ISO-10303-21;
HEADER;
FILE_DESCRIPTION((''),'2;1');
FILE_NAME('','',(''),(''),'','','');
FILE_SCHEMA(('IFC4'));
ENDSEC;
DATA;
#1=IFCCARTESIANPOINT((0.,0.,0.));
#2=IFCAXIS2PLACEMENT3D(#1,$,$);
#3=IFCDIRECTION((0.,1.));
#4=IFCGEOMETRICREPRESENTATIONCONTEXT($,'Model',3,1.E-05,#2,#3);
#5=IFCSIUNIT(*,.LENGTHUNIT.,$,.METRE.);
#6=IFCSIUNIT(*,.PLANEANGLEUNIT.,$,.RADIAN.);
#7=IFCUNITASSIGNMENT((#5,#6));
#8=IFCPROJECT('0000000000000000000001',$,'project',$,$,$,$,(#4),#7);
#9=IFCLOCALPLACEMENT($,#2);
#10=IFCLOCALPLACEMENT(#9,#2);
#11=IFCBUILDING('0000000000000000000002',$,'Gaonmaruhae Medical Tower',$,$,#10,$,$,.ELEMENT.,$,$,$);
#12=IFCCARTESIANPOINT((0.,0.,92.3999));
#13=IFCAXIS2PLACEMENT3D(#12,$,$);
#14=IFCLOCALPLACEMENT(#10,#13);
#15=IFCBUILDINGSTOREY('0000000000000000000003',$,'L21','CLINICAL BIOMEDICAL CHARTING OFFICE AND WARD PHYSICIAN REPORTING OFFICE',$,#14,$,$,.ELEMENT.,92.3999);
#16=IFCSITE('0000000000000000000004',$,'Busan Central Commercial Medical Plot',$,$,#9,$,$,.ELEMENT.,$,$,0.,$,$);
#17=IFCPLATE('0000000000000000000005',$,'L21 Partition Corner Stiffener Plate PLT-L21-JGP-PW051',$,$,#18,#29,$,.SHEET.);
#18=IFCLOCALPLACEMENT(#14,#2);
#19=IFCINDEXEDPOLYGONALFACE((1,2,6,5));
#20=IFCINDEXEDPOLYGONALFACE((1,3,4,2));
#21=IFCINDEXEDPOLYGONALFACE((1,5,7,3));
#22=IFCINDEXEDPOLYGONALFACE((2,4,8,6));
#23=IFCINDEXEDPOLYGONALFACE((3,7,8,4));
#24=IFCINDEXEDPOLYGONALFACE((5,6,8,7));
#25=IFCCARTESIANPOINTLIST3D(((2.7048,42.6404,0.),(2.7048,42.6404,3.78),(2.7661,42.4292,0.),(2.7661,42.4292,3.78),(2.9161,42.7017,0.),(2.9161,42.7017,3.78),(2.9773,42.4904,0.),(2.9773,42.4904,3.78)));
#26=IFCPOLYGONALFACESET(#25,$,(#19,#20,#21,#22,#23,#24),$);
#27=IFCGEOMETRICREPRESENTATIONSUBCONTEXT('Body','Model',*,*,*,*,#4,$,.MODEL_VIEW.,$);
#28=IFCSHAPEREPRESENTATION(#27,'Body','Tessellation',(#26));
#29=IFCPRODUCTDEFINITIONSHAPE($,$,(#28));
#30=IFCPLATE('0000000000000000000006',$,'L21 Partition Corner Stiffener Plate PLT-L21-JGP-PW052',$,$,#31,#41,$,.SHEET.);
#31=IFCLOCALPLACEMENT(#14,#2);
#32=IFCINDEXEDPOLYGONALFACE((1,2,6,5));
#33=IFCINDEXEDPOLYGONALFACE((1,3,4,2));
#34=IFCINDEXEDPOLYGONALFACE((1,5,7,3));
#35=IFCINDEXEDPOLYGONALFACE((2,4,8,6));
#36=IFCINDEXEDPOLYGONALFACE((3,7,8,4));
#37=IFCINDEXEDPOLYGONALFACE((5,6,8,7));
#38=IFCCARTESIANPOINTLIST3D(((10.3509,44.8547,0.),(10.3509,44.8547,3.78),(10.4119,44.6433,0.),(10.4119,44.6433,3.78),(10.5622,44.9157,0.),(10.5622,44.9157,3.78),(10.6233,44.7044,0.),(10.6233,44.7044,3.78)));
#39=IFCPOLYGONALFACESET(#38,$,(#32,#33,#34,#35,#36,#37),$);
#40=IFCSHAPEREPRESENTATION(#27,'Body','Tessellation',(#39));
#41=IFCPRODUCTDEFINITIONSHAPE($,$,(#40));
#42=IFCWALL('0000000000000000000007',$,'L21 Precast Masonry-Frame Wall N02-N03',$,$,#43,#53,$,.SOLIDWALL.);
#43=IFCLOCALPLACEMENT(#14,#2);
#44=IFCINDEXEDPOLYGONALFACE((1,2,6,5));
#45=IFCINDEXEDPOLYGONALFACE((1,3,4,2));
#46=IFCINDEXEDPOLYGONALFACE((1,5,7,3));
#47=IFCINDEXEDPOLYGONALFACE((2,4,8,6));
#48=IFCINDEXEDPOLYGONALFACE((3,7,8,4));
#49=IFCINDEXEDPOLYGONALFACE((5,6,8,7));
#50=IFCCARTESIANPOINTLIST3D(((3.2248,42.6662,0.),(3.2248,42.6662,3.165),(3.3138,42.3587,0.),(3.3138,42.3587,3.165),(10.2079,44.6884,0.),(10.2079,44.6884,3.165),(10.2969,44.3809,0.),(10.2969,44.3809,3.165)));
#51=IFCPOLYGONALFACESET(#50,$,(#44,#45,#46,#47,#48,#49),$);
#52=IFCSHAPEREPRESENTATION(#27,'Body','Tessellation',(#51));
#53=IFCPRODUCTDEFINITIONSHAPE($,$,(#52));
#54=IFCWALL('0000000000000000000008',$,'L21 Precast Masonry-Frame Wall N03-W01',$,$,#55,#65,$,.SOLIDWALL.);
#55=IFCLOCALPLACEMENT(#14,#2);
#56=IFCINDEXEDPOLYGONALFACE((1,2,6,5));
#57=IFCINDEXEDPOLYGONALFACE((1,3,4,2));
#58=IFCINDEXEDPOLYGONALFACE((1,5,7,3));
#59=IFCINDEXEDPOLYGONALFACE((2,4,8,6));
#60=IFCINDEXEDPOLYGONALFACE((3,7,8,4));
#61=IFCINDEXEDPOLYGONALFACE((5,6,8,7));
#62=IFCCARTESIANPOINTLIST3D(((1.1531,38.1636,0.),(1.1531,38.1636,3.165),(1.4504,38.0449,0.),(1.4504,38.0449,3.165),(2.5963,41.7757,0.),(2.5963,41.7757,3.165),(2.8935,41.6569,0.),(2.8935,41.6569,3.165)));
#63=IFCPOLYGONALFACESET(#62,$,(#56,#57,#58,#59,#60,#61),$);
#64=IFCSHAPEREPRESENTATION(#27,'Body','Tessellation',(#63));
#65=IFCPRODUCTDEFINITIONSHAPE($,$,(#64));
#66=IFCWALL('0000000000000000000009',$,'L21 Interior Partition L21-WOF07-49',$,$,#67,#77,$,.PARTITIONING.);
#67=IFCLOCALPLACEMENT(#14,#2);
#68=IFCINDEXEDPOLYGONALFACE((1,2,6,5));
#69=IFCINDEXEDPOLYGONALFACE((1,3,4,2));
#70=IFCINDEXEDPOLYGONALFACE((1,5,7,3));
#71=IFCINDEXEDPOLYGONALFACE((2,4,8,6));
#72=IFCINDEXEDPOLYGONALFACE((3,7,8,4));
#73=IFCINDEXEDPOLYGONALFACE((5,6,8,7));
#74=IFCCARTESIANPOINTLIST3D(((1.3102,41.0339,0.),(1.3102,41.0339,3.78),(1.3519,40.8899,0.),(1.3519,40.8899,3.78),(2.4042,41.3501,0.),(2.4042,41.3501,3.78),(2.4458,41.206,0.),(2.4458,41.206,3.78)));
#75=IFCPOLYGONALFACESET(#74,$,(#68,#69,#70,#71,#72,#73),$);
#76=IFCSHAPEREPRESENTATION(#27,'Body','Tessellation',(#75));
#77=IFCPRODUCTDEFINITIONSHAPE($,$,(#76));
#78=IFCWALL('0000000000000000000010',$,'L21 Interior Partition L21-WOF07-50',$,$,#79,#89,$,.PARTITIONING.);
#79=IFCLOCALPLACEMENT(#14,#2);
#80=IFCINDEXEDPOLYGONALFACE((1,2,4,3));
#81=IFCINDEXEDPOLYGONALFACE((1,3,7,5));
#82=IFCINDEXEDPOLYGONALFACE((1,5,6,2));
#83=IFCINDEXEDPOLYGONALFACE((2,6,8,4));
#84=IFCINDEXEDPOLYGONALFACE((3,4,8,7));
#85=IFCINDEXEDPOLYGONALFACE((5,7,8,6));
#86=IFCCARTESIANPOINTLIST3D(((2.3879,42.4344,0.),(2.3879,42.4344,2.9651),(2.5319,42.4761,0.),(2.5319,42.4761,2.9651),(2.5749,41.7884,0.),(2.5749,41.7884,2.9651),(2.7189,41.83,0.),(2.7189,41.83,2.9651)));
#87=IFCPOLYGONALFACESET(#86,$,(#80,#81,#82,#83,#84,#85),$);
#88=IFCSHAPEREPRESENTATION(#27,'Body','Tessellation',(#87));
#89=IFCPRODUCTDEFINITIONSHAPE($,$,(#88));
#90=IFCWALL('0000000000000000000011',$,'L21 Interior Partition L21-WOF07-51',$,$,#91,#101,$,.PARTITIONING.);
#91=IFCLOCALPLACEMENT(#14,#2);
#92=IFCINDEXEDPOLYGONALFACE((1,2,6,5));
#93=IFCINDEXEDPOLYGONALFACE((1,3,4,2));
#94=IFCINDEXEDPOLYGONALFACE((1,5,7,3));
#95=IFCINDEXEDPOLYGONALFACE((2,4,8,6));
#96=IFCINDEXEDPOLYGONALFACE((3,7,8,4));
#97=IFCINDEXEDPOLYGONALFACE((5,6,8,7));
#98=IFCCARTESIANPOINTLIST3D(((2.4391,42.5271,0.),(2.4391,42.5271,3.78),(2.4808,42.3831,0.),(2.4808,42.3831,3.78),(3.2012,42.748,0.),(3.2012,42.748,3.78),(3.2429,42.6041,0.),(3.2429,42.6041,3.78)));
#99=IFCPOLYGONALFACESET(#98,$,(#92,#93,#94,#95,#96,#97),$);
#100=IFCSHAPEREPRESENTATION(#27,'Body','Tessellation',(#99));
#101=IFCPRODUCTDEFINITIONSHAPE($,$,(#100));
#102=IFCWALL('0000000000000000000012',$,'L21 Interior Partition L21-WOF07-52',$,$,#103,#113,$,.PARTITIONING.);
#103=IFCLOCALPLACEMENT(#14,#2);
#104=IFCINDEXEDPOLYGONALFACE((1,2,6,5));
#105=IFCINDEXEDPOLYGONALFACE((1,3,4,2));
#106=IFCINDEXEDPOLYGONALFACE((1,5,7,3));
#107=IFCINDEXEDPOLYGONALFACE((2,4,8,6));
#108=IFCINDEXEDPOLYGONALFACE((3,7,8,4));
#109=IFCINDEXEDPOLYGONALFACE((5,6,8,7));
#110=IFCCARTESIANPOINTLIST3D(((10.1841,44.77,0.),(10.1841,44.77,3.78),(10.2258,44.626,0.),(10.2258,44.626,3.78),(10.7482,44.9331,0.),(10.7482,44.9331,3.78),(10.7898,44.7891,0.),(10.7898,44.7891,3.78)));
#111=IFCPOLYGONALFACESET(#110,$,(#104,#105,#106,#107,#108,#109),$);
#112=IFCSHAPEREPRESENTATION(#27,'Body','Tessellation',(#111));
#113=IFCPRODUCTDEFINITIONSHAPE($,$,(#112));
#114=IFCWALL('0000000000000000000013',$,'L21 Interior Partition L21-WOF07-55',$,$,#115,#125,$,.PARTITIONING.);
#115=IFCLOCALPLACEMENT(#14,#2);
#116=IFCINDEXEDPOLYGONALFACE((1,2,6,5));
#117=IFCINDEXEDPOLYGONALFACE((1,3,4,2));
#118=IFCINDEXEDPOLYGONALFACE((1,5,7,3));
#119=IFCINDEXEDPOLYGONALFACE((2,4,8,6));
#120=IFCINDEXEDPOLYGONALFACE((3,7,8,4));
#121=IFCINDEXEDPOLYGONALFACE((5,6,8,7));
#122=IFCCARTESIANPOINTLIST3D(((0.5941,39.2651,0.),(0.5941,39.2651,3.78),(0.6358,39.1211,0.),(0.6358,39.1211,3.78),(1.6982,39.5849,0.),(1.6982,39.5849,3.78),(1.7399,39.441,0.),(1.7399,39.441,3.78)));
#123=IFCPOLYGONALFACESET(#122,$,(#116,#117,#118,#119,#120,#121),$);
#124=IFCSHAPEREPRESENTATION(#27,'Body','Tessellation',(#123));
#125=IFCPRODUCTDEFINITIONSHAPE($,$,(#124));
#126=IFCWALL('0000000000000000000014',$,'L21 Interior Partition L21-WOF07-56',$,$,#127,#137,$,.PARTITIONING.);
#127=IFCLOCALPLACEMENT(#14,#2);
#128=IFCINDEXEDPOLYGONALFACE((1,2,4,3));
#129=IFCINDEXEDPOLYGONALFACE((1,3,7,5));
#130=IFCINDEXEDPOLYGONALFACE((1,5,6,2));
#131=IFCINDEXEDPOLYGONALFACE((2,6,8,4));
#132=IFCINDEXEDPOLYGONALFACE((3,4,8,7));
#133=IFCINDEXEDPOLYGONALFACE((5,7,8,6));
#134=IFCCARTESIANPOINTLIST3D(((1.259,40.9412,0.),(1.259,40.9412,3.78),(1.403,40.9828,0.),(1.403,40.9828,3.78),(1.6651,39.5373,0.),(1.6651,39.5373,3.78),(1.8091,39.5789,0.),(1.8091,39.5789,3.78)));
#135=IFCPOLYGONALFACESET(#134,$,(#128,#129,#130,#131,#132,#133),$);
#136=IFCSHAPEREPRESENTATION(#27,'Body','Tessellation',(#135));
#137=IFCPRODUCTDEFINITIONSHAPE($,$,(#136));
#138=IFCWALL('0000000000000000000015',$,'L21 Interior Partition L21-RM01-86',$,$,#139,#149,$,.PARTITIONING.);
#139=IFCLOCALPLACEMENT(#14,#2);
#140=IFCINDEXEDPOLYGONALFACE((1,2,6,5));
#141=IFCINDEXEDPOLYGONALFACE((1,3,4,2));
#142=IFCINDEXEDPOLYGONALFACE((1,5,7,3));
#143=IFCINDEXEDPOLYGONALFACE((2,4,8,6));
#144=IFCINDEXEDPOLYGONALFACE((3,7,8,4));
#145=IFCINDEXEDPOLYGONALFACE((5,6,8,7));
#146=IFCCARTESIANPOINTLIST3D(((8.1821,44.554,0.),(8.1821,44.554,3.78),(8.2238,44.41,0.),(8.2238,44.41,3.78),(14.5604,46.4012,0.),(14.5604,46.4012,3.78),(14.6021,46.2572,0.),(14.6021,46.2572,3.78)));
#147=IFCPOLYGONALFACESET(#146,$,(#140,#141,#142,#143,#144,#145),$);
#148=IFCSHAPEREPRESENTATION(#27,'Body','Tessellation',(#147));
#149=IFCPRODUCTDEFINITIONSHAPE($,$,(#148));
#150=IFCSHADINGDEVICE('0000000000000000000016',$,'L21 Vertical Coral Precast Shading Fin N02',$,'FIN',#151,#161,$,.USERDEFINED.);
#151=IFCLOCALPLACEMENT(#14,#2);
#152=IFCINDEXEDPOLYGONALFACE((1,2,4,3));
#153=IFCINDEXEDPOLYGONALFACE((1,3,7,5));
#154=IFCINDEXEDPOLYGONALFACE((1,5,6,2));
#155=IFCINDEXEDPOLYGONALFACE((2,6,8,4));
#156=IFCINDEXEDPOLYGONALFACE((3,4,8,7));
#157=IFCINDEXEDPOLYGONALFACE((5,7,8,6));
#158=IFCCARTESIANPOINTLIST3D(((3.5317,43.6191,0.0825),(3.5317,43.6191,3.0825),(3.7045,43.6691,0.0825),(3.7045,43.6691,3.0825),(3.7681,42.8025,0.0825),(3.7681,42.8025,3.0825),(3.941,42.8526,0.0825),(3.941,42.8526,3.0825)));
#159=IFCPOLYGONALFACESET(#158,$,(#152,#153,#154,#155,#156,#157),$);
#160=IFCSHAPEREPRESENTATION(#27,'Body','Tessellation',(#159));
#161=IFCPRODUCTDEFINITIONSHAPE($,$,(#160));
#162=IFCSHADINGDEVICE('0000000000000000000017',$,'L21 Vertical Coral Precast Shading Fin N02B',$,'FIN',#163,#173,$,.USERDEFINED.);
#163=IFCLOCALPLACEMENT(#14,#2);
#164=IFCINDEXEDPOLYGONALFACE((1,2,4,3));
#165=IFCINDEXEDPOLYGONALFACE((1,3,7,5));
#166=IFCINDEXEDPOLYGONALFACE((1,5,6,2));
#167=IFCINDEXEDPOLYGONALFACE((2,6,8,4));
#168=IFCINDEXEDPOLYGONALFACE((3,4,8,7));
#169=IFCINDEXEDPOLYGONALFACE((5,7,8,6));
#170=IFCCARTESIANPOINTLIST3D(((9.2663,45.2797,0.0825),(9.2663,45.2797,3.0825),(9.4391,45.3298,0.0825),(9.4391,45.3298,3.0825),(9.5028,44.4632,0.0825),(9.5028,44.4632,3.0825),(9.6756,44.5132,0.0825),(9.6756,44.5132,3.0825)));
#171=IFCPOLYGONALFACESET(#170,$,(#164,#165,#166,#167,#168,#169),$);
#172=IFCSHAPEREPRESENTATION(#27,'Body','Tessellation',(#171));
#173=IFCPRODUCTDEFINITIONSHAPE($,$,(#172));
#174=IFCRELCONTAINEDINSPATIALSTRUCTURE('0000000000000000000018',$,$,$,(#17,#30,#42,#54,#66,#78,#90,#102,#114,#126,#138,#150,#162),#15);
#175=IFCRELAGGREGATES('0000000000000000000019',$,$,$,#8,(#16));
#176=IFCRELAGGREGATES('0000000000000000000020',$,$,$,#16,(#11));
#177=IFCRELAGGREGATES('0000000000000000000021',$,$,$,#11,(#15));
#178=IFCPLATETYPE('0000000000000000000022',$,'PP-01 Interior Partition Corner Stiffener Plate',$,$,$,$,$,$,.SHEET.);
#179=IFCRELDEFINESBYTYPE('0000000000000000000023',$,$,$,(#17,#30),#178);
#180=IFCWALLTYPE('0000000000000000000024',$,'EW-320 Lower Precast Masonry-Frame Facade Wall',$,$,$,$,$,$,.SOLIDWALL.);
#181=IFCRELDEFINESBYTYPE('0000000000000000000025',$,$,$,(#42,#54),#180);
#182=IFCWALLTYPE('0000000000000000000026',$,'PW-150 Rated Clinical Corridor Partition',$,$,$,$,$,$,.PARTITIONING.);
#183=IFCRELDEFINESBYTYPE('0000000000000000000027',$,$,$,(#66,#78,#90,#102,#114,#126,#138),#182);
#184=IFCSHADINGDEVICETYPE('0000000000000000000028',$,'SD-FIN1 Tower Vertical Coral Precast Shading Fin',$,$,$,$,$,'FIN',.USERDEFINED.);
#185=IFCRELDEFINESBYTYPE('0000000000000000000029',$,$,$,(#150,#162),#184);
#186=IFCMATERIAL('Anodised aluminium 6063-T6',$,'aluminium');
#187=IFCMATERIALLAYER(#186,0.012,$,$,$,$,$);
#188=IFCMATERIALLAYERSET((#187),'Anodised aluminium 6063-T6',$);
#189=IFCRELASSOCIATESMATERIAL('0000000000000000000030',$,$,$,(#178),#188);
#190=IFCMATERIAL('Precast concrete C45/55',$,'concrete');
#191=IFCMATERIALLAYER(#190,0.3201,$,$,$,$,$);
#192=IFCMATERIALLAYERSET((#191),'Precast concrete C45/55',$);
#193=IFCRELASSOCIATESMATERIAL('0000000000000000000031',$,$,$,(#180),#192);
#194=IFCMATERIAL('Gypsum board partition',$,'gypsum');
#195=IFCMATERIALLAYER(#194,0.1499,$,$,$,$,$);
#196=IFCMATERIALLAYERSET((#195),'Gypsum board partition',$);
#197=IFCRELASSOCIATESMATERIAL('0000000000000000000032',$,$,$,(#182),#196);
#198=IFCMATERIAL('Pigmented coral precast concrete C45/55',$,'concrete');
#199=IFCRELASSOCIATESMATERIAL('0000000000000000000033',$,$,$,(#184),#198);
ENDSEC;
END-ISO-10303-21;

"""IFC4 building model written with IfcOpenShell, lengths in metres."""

from ifc_helpers import new_model, si_unit, direction, frame, frame_2d, origin, origin_2d, place, context, subcontext, project, spatial, rectangle, extrude, material, layer, layer_set, type_object, element, save


model = new_model("IFC4")

# Units and contexts
model_context = context("Model", 3, precision=1e-05, world=origin(), true_north=direction((0.0, 1.0)))
body_context = subcontext(model_context, "Body", "Model", "MODEL_VIEW")
ifc_project = project(units=[si_unit("LENGTHUNIT", "METRE"), si_unit("PLANEANGLEUNIT", "RADIAN")], contexts=[model_context])

# Site, building, storey
site_placement = place(None, origin())
site = spatial("IfcSite", under=ifc_project, at=site_placement, Name="Busan Central Commercial Medical Plot", CompositionType="ELEMENT", RefElevation=0.0)
building_placement = place(site_placement, origin())
building = spatial("IfcBuilding", under=site, at=building_placement, Name="Gaonmaruhae Medical Tower", CompositionType="ELEMENT")
storey_placement = place(building_placement, frame((0.0, 0.0, 92.3999)))
storey = spatial("IfcBuildingStorey", under=building, at=storey_placement, Name="L21", Description="CLINICAL BIOMEDICAL CHARTING OFFICE AND WARD PHYSICIAN REPORTING OFFICE", CompositionType="ELEMENT", Elevation=92.3999)

# Plates
ifc_material_1 = material(Name="Anodised aluminium 6063-T6", Category="aluminium")
ifc_layer_1 = layer(ifc_material_1, 0.012)
ifc_layer_set_1 = layer_set([ifc_layer_1], Name="Anodised aluminium 6063-T6")
plate_type_1 = type_object("IfcPlateType", Name="PP-01 Interior Partition Corner Stiffener Plate", PredefinedType="SHEET", material=ifc_layer_set_1)
for number, where, z_axis, x_axis, name in (
    (1, (2.8411, 42.5654, 0.0), (0.0, 0.0, 1.0), (0.96042, 0.278555, 0.0), "L21 Partition Corner Stiffener Plate PLT-L21-JGP-PW051"),
    (2, (10.4871, 44.7795, 0.0), (0.0, 0.0, 1.0), (0.960682, 0.27765, 0.0), "L21 Partition Corner Stiffener Plate PLT-L21-JGP-PW052"),
):
    element("IfcPlate", number, at=place(storey_placement, frame(where, z_axis=z_axis, x_axis=x_axis)), inside=storey, type_object=plate_type_1, Name=name, PredefinedType="SHEET", context=body_context, shape_type="SweptSolid", body=[
        extrude(rectangle(XDim=0.22, YDim=0.22, at=origin_2d()), origin(), (0.0, 0.0, 1.0), 3.78),
    ])

# Walls
ifc_material_2 = material(Name="Precast concrete C45/55", Category="concrete")
ifc_layer_2 = layer(ifc_material_2, 0.3201)
ifc_layer_set_2 = layer_set([ifc_layer_2], Name="Precast concrete C45/55")
wall_type_1 = type_object("IfcWallType", Name="EW-320 Lower Precast Masonry-Frame Facade Wall", PredefinedType="SOLIDWALL", material=ifc_layer_set_2)
wall_1_placement = place(storey_placement, frame((3.2693, 42.5125, 0.0), z_axis=(0.0, 0.0, 1.0), x_axis=(0.960536, 0.278157, 0.0)))
element("IfcWall", 3, at=wall_1_placement, inside=storey, type_object=wall_type_1, Name="L21 Precast Masonry-Frame Wall N02-N03", PredefinedType="SOLIDWALL", context=body_context, shape_type="SweptSolid", body=[
    extrude(rectangle(XDim=7.27, YDim=0.3201, at=frame_2d((3.635, 0.0))), origin(), (0.0, 0.0, 1.0), 3.165),
])
wall_2_placement = place(storey_placement, frame((1.3018, 38.1042, 0.0), z_axis=(0.0, 0.0, 1.0), x_axis=(0.371012, 0.928628, 0.0)))
element("IfcWall", 4, at=wall_2_placement, inside=storey, type_object=wall_type_1, Name="L21 Precast Masonry-Frame Wall N03-W01", PredefinedType="SOLIDWALL", context=body_context, shape_type="SweptSolid", body=[
    extrude(rectangle(XDim=3.8896, YDim=0.3201, at=frame_2d((1.9448, 0.0))), origin(), (0.0, 0.0, 1.0), 3.165),
])
ifc_material_3 = material(Name="Gypsum board partition", Category="gypsum")
ifc_layer_3 = layer(ifc_material_3, 0.1499)
ifc_layer_set_3 = layer_set([ifc_layer_3], Name="Gypsum board partition")
wall_type_2 = type_object("IfcWallType", Name="PW-150 Rated Clinical Corridor Partition", PredefinedType="PARTITIONING", material=ifc_layer_set_3)
wall_3_placement = place(storey_placement, frame((1.3311, 40.9619, 0.0), z_axis=(0.0, 0.0, 1.0), x_axis=(0.960686, 0.277636, 0.0)))
element("IfcWall", 5, at=wall_3_placement, inside=storey, type_object=wall_type_2, Name="L21 Interior Partition L21-WOF07-49", PredefinedType="PARTITIONING", context=body_context, shape_type="SweptSolid", body=[
    extrude(rectangle(XDim=1.1387, YDim=0.1499, at=frame_2d((0.5693, 0.0))), origin(), (0.0, 0.0, 1.0), 3.78),
])
wall_4_placement = place(storey_placement, frame((2.647, 41.8091, 0.0), z_axis=(0.0, 0.0, 1.0), x_axis=(-0.278076, 0.960559, 0.0)))
element("IfcWall", 6, at=wall_4_placement, inside=storey, type_object=wall_type_2, Name="L21 Interior Partition L21-WOF07-50", PredefinedType="PARTITIONING", context=body_context, shape_type="SweptSolid", body=[
    extrude(rectangle(XDim=0.6726, YDim=0.1499, at=frame_2d((0.3364, 0.0))), origin(), (0.0, 0.0, 1.0), 2.9651),
])
wall_5_placement = place(storey_placement, frame((2.46, 42.4551, 0.0), z_axis=(0.0, 0.0, 1.0), x_axis=(0.960437, 0.278499, 0.0)))
element("IfcWall", 7, at=wall_5_placement, inside=storey, type_object=wall_type_2, Name="L21 Interior Partition L21-WOF07-51", PredefinedType="PARTITIONING", context=body_context, shape_type="SweptSolid", body=[
    extrude(rectangle(XDim=0.7935, YDim=0.1499, at=frame_2d((0.3967, 0.0))), origin(), (0.0, 0.0, 1.0), 3.78),
])
wall_6_placement = place(storey_placement, frame((10.2051, 44.698, 0.0), z_axis=(0.0, 0.0, 1.0), x_axis=(0.96064, 0.277796, 0.0)))
element("IfcWall", 8, at=wall_6_placement, inside=storey, type_object=wall_type_2, Name="L21 Interior Partition L21-WOF07-52", PredefinedType="PARTITIONING", context=body_context, shape_type="SweptSolid", body=[
    extrude(rectangle(XDim=0.5872, YDim=0.1499, at=frame_2d((0.2935, 0.0))), origin(), (0.0, 0.0, 1.0), 3.78),
])

# Walls
wall_7_placement = place(storey_placement, frame((0.615, 39.1931, 0.0), z_axis=(0.0, 0.0, 1.0), x_axis=(0.960508, 0.278254, 0.0)))
element("IfcWall", 9, at=wall_7_placement, inside=storey, type_object=wall_type_2, Name="L21 Interior Partition L21-WOF07-55", PredefinedType="PARTITIONING", context=body_context, shape_type="SweptSolid", body=[
    extrude(rectangle(XDim=1.1494, YDim=0.1499, at=frame_2d((0.5747, 0.0))), origin(), (0.0, 0.0, 1.0), 3.78),
])
wall_8_placement = place(storey_placement, frame((1.7371, 39.5581, 0.0), z_axis=(0.0, 0.0, 1.0), x_axis=(-0.277831, 0.96063, 0.0)))
element("IfcWall", 10, at=wall_8_placement, inside=storey, type_object=wall_type_2, Name="L21 Interior Partition L21-WOF07-56", PredefinedType="PARTITIONING", context=body_context, shape_type="SweptSolid", body=[
    extrude(rectangle(XDim=1.4614, YDim=0.1499, at=frame_2d((0.7307, 0.0))), origin(), (0.0, 0.0, 1.0), 3.78),
])
wall_9_placement = place(storey_placement, frame((8.2029, 44.4819, 0.0), z_axis=(0.0, 0.0, 1.0), x_axis=(0.96053, 0.278177, 0.0)))
element("IfcWall", 11, at=wall_9_placement, inside=storey, type_object=wall_type_2, Name="L21 Interior Partition L21-RM01-86", PredefinedType="PARTITIONING", context=body_context, shape_type="SweptSolid", body=[
    extrude(rectangle(XDim=6.6404, YDim=0.1499, at=frame_2d((3.3203, 0.0))), origin(), (0.0, 0.0, 1.0), 3.78),
])

# Shading devices
ifc_material_4 = material(Name="Pigmented coral precast concrete C45/55", Category="concrete")
shading_device_type = type_object("IfcShadingDeviceType", Name="SD-FIN1 Tower Vertical Coral Precast Shading Fin", ElementType="FIN", PredefinedType="USERDEFINED", material=ifc_material_4)
for number, where, z_axis, x_axis, name in (
    (12, (3.7363, 43.2358, 0.0825), (0.0, 0.0, 1.0), (0.960537, 0.278153, 0.0), "L21 Vertical Coral Precast Shading Fin N02"),
    (13, (9.4709, 44.8965, 0.0825), (0.0, 0.0, 1.0), (0.960537, 0.278153, 0.0), "L21 Vertical Coral Precast Shading Fin N02B"),
):
    element("IfcShadingDevice", number, at=place(storey_placement, frame(where, z_axis=z_axis, x_axis=x_axis)), inside=storey, type_object=shading_device_type, Name=name, ObjectType="FIN", PredefinedType="USERDEFINED", context=body_context, shape_type="SweptSolid", body=[
        extrude(rectangle(XDim=0.1799, YDim=0.8501, at=origin_2d()), origin(), (0.0, 0.0, 1.0), 3.0),
    ])

save(model, "model.ifc")
